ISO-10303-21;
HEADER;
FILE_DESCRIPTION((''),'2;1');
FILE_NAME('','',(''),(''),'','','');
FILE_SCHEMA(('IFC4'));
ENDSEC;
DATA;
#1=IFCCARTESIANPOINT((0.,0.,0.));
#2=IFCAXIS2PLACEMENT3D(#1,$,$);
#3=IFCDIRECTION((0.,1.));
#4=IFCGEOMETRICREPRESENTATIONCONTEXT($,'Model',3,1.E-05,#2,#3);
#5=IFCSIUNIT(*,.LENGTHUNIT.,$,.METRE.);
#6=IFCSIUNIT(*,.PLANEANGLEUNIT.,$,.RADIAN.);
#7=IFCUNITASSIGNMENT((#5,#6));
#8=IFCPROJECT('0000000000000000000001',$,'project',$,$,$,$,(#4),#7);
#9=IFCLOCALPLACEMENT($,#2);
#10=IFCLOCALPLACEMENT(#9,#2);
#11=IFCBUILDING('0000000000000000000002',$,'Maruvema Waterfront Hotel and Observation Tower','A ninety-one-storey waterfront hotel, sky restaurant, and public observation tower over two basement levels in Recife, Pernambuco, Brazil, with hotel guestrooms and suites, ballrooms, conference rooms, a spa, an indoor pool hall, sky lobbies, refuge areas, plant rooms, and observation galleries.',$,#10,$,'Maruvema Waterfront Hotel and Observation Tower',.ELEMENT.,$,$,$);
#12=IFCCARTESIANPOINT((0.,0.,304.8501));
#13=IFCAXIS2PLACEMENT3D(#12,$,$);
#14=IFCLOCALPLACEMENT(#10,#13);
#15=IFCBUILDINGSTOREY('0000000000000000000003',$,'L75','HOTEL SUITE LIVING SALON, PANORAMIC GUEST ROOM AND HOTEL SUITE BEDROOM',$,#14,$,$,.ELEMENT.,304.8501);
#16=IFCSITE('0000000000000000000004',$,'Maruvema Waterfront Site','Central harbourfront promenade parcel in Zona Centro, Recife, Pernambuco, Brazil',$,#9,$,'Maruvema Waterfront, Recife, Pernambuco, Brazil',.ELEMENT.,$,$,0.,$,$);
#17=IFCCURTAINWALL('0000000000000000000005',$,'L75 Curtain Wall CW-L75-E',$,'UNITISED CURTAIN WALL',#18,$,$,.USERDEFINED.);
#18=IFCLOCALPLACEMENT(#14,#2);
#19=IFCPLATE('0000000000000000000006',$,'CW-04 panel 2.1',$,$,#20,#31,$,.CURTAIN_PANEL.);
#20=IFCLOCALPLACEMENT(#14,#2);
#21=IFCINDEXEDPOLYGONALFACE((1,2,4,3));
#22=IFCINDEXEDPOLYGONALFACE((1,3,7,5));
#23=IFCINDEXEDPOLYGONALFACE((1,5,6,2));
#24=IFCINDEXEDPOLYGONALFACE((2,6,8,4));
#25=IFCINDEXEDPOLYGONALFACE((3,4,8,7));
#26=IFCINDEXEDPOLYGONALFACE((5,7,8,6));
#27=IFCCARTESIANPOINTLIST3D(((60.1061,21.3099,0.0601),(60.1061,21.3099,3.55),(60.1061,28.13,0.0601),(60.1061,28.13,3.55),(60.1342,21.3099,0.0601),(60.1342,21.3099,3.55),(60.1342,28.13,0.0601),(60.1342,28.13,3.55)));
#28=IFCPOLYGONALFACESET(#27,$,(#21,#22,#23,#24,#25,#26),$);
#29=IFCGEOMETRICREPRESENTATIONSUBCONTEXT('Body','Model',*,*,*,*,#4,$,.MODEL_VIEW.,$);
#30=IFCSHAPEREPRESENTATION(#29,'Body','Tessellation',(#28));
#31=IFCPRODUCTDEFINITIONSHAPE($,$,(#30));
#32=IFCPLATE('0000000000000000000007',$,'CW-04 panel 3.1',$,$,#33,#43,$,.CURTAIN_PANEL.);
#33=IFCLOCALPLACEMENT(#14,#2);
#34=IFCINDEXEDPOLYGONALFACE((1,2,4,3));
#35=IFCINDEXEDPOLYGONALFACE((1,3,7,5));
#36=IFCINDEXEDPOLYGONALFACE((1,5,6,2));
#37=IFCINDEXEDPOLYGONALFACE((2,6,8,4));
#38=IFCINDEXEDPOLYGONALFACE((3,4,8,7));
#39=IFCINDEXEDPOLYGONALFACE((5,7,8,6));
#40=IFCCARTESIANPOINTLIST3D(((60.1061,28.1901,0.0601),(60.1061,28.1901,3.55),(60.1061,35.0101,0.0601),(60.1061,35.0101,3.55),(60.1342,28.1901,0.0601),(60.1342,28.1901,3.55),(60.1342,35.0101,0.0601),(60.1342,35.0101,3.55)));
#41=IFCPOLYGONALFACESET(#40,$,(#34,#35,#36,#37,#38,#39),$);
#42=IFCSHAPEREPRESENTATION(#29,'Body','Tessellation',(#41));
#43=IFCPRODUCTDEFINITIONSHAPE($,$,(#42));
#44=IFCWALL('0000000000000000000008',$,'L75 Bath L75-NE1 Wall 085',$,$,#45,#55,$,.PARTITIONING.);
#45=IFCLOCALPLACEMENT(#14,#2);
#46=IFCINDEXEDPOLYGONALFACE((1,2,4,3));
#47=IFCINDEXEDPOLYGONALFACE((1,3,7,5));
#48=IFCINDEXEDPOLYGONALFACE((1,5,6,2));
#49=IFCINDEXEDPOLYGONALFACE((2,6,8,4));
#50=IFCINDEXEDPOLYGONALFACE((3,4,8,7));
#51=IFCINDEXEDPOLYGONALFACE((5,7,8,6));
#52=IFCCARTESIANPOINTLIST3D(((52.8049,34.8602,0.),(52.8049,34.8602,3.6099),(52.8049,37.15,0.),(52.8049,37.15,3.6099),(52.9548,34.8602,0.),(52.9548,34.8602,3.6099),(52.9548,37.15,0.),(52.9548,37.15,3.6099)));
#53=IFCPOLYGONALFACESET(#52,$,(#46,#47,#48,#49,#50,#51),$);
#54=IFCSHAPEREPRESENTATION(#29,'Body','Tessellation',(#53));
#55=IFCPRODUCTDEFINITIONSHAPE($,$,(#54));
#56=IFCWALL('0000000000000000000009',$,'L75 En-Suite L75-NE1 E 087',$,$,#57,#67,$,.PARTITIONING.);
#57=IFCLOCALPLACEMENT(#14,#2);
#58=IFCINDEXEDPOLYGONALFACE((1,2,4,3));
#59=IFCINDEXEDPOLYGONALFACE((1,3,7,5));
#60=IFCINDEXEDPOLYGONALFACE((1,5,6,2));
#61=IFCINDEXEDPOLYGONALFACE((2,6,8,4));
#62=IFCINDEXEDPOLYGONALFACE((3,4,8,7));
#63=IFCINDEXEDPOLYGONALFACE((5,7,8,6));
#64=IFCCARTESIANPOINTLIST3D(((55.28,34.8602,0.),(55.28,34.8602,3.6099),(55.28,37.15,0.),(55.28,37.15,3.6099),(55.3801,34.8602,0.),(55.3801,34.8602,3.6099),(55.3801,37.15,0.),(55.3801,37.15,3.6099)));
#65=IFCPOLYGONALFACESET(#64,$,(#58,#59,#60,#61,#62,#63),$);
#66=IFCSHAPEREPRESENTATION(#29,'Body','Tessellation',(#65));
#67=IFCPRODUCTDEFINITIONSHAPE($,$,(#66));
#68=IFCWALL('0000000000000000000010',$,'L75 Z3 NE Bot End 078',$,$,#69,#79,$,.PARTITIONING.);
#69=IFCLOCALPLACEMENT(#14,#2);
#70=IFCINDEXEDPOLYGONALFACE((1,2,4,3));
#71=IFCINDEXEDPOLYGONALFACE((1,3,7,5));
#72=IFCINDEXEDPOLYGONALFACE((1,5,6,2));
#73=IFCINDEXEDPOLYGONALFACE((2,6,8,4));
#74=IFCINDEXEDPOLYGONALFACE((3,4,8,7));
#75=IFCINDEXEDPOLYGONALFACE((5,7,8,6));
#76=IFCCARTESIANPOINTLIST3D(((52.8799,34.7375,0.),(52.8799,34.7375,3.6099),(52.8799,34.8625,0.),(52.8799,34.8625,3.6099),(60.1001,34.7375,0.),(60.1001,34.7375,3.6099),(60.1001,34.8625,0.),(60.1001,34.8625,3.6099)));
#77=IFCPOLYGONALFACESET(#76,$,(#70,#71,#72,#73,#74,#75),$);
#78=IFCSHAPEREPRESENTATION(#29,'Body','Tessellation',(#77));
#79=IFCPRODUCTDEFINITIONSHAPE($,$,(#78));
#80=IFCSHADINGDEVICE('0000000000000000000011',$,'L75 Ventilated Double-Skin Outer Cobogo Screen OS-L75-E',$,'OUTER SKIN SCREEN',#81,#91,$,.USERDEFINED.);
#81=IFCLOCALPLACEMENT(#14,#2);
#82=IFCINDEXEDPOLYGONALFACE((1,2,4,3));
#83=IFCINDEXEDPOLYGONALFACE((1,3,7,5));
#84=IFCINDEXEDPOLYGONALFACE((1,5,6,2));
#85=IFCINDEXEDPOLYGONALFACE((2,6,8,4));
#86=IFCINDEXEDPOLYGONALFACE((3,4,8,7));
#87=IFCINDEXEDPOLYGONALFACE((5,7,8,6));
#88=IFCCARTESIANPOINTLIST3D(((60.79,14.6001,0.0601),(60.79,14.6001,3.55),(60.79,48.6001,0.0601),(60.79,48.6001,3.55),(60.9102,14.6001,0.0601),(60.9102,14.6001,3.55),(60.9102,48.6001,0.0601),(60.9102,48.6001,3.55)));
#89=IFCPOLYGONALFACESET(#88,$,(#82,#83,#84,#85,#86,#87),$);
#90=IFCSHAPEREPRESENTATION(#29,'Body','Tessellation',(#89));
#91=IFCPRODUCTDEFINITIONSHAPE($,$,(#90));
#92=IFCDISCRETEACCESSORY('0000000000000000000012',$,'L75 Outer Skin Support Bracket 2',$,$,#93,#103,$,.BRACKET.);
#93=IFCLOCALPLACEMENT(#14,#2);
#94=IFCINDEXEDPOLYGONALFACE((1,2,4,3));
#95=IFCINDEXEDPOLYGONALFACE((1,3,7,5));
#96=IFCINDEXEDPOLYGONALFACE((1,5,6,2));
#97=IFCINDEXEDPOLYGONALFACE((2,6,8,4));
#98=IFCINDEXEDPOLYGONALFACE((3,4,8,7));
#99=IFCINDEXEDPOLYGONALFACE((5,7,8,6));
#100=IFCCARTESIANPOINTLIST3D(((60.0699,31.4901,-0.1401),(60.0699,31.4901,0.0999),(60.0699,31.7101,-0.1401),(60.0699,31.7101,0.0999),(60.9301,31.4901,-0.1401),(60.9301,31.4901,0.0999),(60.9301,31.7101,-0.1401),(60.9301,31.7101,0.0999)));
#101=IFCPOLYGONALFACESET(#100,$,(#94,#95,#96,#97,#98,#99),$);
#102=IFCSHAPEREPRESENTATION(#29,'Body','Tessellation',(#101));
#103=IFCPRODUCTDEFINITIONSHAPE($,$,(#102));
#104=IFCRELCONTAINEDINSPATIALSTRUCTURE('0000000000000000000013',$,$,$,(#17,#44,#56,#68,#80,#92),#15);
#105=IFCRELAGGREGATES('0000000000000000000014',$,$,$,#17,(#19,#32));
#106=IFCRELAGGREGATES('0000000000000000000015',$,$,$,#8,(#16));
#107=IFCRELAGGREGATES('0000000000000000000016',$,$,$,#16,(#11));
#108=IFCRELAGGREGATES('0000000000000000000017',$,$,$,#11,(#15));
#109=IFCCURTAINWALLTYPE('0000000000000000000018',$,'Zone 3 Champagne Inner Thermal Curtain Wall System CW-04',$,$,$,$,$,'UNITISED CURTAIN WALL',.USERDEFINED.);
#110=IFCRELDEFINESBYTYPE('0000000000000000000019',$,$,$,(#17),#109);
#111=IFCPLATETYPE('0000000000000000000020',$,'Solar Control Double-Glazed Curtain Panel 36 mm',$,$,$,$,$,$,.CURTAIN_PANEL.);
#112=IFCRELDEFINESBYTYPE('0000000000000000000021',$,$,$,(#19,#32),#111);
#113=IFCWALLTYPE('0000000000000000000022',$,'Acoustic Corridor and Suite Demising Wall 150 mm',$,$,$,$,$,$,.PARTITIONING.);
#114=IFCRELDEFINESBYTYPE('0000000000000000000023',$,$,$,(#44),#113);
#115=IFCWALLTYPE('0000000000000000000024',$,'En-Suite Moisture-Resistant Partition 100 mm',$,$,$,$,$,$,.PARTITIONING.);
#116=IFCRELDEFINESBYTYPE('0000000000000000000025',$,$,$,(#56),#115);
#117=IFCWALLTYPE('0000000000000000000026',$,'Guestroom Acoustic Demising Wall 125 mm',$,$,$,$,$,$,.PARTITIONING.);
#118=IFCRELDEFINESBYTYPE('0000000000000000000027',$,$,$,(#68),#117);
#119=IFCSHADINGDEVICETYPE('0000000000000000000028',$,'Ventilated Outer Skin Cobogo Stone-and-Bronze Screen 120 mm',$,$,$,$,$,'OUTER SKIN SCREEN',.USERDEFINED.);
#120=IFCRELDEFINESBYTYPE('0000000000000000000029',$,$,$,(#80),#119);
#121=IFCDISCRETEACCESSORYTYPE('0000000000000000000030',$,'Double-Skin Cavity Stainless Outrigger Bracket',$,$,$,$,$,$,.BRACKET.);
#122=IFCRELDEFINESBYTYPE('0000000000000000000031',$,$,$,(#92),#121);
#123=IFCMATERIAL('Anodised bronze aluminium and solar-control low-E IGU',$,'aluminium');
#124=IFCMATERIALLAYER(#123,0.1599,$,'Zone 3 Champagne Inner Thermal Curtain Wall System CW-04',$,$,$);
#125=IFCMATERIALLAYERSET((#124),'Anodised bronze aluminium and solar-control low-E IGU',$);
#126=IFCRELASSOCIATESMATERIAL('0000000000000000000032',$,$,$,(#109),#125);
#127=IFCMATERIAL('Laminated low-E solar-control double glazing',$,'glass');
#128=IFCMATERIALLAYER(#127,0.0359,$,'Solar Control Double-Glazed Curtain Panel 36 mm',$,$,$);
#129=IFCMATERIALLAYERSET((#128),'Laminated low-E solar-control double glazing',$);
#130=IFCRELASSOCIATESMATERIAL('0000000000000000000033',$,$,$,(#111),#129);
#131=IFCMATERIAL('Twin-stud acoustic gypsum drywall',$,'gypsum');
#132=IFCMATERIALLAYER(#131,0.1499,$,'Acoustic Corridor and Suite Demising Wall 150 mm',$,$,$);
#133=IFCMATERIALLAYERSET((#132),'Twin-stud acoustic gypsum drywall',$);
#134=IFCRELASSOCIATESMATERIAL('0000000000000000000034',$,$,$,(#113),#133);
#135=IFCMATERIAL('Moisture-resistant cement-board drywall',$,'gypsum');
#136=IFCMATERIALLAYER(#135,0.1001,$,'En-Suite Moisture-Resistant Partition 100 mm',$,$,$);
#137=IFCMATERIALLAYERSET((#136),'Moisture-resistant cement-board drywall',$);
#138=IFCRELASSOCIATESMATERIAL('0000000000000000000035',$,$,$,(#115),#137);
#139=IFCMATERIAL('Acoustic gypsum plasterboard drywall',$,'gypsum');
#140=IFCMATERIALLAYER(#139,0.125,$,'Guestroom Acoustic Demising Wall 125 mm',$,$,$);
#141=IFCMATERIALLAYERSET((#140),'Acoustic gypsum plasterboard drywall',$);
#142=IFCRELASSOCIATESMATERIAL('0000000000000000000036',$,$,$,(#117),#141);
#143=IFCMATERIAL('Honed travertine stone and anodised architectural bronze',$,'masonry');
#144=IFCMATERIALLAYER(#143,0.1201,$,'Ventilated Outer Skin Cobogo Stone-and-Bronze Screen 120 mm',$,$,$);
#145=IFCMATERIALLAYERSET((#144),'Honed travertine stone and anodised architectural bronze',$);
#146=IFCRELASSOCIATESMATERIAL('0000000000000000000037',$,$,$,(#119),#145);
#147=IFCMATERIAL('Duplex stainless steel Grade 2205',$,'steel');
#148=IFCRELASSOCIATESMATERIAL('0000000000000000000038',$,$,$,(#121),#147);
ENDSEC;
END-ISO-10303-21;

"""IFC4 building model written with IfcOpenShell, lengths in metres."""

from ifc_helpers import new_model, si_unit, direction, frame, frame_2d, origin, origin_2d, place, context, subcontext, project, spatial, rectangle, extrude, material, layer, layer_set, type_object, element, aggregate, save


model = new_model("IFC4")

# Units and contexts
model_context = context("Model", 3, precision=1e-05, world=origin(), true_north=direction((0.0, 1.0)))
body_context = subcontext(model_context, "Body", "Model", "MODEL_VIEW")
ifc_project = project(units=[si_unit("LENGTHUNIT", "METRE"), si_unit("PLANEANGLEUNIT", "RADIAN")], contexts=[model_context])

# Site, building, storey
site_placement = place(None, origin())
site = spatial("IfcSite", under=ifc_project, at=site_placement, Name="Maruvema Waterfront Site", Description="Central harbourfront promenade parcel in Zona Centro, Recife, Pernambuco, Brazil", LongName="Maruvema Waterfront, Recife, Pernambuco, Brazil", CompositionType="ELEMENT", RefElevation=0.0)
building_placement = place(site_placement, origin())
building = spatial("IfcBuilding", under=site, at=building_placement, Name="Maruvema Waterfront Hotel and Observation Tower", Description="A ninety-one-storey waterfront hotel, sky restaurant, and public observation tower over two basement levels in Recife, Pernambuco, Brazil, with hotel guestrooms and suites, ballrooms, conference rooms, a spa, an indoor pool hall, sky lobbies, refuge areas, plant rooms, and observation galleries.", LongName="Maruvema Waterfront Hotel and Observation Tower", CompositionType="ELEMENT")
storey_placement = place(building_placement, frame((0.0, 0.0, 304.8501)))
storey = spatial("IfcBuildingStorey", under=building, at=storey_placement, Name="L75", Description="HOTEL SUITE LIVING SALON, PANORAMIC GUEST ROOM AND HOTEL SUITE BEDROOM", CompositionType="ELEMENT", Elevation=304.8501)

# Curtain wall
ifc_material_1 = material(Name="Anodised bronze aluminium and solar-control low-E IGU", Category="aluminium")
ifc_layer_1 = layer(ifc_material_1, 0.1599, Name="Zone 3 Champagne Inner Thermal Curtain Wall System CW-04")
ifc_layer_set_1 = layer_set([ifc_layer_1], Name="Anodised bronze aluminium and solar-control low-E IGU")
curtain_wall_type = type_object("IfcCurtainWallType", Name="Zone 3 Champagne Inner Thermal Curtain Wall System CW-04", ElementType="UNITISED CURTAIN WALL", PredefinedType="USERDEFINED", material=ifc_layer_set_1)
curtain_wall_placement = place(storey_placement, origin())
curtain_wall = element("IfcCurtainWall", 1, at=curtain_wall_placement, inside=storey, type_object=curtain_wall_type, Name="L75 Curtain Wall CW-L75-E", ObjectType="UNITISED CURTAIN WALL", PredefinedType="USERDEFINED")

# Plates
ifc_material_2 = material(Name="Laminated low-E solar-control double glazing", Category="glass")
ifc_layer_2 = layer(ifc_material_2, 0.0359, Name="Solar Control Double-Glazed Curtain Panel 36 mm")
ifc_layer_set_2 = layer_set([ifc_layer_2], Name="Laminated low-E solar-control double glazing")
plate_type = type_object("IfcPlateType", Name="Solar Control Double-Glazed Curtain Panel 36 mm", PredefinedType="CURTAIN_PANEL", material=ifc_layer_set_2)
plate_1_placement = place(storey_placement, frame((60.1201, 24.72, 0.0601), z_axis=(0.0, 0.0, 1.0), x_axis=(0.0, 1.0, 0.0)))
plate_1 = element("IfcPlate", 2, at=plate_1_placement, type_object=plate_type, Name="CW-04 panel 2.1", PredefinedType="CURTAIN_PANEL", context=body_context, shape_type="SweptSolid", body=[
    extrude(rectangle(XDim=6.8201, YDim=0.0281, at=origin_2d()), origin(), (0.0, 0.0, 1.0), 3.49),
])
plate_2_placement = place(storey_placement, frame((60.1201, 31.6001, 0.0601), z_axis=(0.0, 0.0, 1.0), x_axis=(0.0, 1.0, 0.0)))
plate_2 = element("IfcPlate", 3, at=plate_2_placement, type_object=plate_type, Name="CW-04 panel 3.1", PredefinedType="CURTAIN_PANEL", context=body_context, shape_type="SweptSolid", body=[
    extrude(rectangle(XDim=6.8201, YDim=0.0281, at=origin_2d()), origin(), (0.0, 0.0, 1.0), 3.49),
])
aggregate(curtain_wall, [plate_1, plate_2])

# Walls
ifc_material_3 = material(Name="Twin-stud acoustic gypsum drywall", Category="gypsum")
ifc_layer_3 = layer(ifc_material_3, 0.1499, Name="Acoustic Corridor and Suite Demising Wall 150 mm")
ifc_layer_set_3 = layer_set([ifc_layer_3], Name="Twin-stud acoustic gypsum drywall")
wall_type_1 = type_object("IfcWallType", Name="Acoustic Corridor and Suite Demising Wall 150 mm", PredefinedType="PARTITIONING", material=ifc_layer_set_3)
wall_1_placement = place(storey_placement, frame((52.8799, 34.8601, 0.0), z_axis=(0.0, 0.0, 1.0), x_axis=(0.0, 1.0, 0.0)))
element("IfcWall", 4, at=wall_1_placement, inside=storey, type_object=wall_type_1, Name="L75 Bath L75-NE1 Wall 085", PredefinedType="PARTITIONING", context=body_context, shape_type="SweptSolid", body=[
    extrude(rectangle(XDim=2.2898, YDim=0.1499, at=frame_2d((1.145, 0.0))), origin(), (0.0, 0.0, 1.0), 3.6099),
])
ifc_material_4 = material(Name="Moisture-resistant cement-board drywall", Category="gypsum")
ifc_layer_4 = layer(ifc_material_4, 0.1001, Name="En-Suite Moisture-Resistant Partition 100 mm")
ifc_layer_set_4 = layer_set([ifc_layer_4], Name="Moisture-resistant cement-board drywall")
wall_type_2 = type_object("IfcWallType", Name="En-Suite Moisture-Resistant Partition 100 mm", PredefinedType="PARTITIONING", material=ifc_layer_set_4)
wall_2_placement = place(storey_placement, frame((55.3301, 34.8601, 0.0), z_axis=(0.0, 0.0, 1.0), x_axis=(0.0, 1.0, 0.0)))
element("IfcWall", 5, at=wall_2_placement, inside=storey, type_object=wall_type_2, Name="L75 En-Suite L75-NE1 E 087", PredefinedType="PARTITIONING", context=body_context, shape_type="SweptSolid", body=[
    extrude(rectangle(XDim=2.2898, YDim=0.1001, at=frame_2d((1.145, 0.0))), origin(), (0.0, 0.0, 1.0), 3.6099),
])
ifc_material_5 = material(Name="Acoustic gypsum plasterboard drywall", Category="gypsum")
ifc_layer_5 = layer(ifc_material_5, 0.125, Name="Guestroom Acoustic Demising Wall 125 mm")
ifc_layer_set_5 = layer_set([ifc_layer_5], Name="Acoustic gypsum plasterboard drywall")
wall_type_3 = type_object("IfcWallType", Name="Guestroom Acoustic Demising Wall 125 mm", PredefinedType="PARTITIONING", material=ifc_layer_set_5)
wall_3_placement = place(storey_placement, frame((52.8799, 34.8, 0.0), z_axis=(0.0, 0.0, 1.0), x_axis=(1.0, 0.0, 0.0)))
element("IfcWall", 6, at=wall_3_placement, inside=storey, type_object=wall_type_3, Name="L75 Z3 NE Bot End 078", PredefinedType="PARTITIONING", context=body_context, shape_type="SweptSolid", body=[
    extrude(rectangle(XDim=7.2202, YDim=0.125, at=frame_2d((3.6101, 0.0))), origin(), (0.0, 0.0, 1.0), 3.6099),
])

# Shading device
ifc_material_6 = material(Name="Honed travertine stone and anodised architectural bronze", Category="masonry")
ifc_layer_6 = layer(ifc_material_6, 0.1201, Name="Ventilated Outer Skin Cobogo Stone-and-Bronze Screen 120 mm")
ifc_layer_set_6 = layer_set([ifc_layer_6], Name="Honed travertine stone and anodised architectural bronze")
shading_device_type = type_object("IfcShadingDeviceType", Name="Ventilated Outer Skin Cobogo Stone-and-Bronze Screen 120 mm", ElementType="OUTER SKIN SCREEN", PredefinedType="USERDEFINED", material=ifc_layer_set_6)
shading_device_placement = place(storey_placement, frame((60.8501, 31.6001, 0.0601), z_axis=(0.0, 0.0, 1.0), x_axis=(0.0, 1.0, 0.0)))
element("IfcShadingDevice", 7, at=shading_device_placement, inside=storey, type_object=shading_device_type, Name="L75 Ventilated Double-Skin Outer Cobogo Screen OS-L75-E", ObjectType="OUTER SKIN SCREEN", PredefinedType="USERDEFINED", context=body_context, shape_type="SweptSolid", body=[
    extrude(rectangle(XDim=34.0, YDim=0.1201, at=origin_2d()), origin(), (0.0, 0.0, 1.0), 3.49),
])

# Discrete accessory
ifc_material_7 = material(Name="Duplex stainless steel Grade 2205", Category="steel")
discrete_accessory_type = type_object("IfcDiscreteAccessoryType", Name="Double-Skin Cavity Stainless Outrigger Bracket", PredefinedType="BRACKET", material=ifc_material_7)
discrete_accessory_placement = place(storey_placement, frame((60.5, 31.6001, -0.1401), z_axis=(0.0, 0.0, 1.0), x_axis=(0.0, 1.0, 0.0)))
element("IfcDiscreteAccessory", 8, at=discrete_accessory_placement, inside=storey, type_object=discrete_accessory_type, Name="L75 Outer Skin Support Bracket 2", PredefinedType="BRACKET", context=body_context, shape_type="SweptSolid", body=[
    extrude(rectangle(XDim=0.22, YDim=0.8601, at=origin_2d()), origin(), (0.0, 0.0, 1.0), 0.24),
])

save(model, "model.ifc")
